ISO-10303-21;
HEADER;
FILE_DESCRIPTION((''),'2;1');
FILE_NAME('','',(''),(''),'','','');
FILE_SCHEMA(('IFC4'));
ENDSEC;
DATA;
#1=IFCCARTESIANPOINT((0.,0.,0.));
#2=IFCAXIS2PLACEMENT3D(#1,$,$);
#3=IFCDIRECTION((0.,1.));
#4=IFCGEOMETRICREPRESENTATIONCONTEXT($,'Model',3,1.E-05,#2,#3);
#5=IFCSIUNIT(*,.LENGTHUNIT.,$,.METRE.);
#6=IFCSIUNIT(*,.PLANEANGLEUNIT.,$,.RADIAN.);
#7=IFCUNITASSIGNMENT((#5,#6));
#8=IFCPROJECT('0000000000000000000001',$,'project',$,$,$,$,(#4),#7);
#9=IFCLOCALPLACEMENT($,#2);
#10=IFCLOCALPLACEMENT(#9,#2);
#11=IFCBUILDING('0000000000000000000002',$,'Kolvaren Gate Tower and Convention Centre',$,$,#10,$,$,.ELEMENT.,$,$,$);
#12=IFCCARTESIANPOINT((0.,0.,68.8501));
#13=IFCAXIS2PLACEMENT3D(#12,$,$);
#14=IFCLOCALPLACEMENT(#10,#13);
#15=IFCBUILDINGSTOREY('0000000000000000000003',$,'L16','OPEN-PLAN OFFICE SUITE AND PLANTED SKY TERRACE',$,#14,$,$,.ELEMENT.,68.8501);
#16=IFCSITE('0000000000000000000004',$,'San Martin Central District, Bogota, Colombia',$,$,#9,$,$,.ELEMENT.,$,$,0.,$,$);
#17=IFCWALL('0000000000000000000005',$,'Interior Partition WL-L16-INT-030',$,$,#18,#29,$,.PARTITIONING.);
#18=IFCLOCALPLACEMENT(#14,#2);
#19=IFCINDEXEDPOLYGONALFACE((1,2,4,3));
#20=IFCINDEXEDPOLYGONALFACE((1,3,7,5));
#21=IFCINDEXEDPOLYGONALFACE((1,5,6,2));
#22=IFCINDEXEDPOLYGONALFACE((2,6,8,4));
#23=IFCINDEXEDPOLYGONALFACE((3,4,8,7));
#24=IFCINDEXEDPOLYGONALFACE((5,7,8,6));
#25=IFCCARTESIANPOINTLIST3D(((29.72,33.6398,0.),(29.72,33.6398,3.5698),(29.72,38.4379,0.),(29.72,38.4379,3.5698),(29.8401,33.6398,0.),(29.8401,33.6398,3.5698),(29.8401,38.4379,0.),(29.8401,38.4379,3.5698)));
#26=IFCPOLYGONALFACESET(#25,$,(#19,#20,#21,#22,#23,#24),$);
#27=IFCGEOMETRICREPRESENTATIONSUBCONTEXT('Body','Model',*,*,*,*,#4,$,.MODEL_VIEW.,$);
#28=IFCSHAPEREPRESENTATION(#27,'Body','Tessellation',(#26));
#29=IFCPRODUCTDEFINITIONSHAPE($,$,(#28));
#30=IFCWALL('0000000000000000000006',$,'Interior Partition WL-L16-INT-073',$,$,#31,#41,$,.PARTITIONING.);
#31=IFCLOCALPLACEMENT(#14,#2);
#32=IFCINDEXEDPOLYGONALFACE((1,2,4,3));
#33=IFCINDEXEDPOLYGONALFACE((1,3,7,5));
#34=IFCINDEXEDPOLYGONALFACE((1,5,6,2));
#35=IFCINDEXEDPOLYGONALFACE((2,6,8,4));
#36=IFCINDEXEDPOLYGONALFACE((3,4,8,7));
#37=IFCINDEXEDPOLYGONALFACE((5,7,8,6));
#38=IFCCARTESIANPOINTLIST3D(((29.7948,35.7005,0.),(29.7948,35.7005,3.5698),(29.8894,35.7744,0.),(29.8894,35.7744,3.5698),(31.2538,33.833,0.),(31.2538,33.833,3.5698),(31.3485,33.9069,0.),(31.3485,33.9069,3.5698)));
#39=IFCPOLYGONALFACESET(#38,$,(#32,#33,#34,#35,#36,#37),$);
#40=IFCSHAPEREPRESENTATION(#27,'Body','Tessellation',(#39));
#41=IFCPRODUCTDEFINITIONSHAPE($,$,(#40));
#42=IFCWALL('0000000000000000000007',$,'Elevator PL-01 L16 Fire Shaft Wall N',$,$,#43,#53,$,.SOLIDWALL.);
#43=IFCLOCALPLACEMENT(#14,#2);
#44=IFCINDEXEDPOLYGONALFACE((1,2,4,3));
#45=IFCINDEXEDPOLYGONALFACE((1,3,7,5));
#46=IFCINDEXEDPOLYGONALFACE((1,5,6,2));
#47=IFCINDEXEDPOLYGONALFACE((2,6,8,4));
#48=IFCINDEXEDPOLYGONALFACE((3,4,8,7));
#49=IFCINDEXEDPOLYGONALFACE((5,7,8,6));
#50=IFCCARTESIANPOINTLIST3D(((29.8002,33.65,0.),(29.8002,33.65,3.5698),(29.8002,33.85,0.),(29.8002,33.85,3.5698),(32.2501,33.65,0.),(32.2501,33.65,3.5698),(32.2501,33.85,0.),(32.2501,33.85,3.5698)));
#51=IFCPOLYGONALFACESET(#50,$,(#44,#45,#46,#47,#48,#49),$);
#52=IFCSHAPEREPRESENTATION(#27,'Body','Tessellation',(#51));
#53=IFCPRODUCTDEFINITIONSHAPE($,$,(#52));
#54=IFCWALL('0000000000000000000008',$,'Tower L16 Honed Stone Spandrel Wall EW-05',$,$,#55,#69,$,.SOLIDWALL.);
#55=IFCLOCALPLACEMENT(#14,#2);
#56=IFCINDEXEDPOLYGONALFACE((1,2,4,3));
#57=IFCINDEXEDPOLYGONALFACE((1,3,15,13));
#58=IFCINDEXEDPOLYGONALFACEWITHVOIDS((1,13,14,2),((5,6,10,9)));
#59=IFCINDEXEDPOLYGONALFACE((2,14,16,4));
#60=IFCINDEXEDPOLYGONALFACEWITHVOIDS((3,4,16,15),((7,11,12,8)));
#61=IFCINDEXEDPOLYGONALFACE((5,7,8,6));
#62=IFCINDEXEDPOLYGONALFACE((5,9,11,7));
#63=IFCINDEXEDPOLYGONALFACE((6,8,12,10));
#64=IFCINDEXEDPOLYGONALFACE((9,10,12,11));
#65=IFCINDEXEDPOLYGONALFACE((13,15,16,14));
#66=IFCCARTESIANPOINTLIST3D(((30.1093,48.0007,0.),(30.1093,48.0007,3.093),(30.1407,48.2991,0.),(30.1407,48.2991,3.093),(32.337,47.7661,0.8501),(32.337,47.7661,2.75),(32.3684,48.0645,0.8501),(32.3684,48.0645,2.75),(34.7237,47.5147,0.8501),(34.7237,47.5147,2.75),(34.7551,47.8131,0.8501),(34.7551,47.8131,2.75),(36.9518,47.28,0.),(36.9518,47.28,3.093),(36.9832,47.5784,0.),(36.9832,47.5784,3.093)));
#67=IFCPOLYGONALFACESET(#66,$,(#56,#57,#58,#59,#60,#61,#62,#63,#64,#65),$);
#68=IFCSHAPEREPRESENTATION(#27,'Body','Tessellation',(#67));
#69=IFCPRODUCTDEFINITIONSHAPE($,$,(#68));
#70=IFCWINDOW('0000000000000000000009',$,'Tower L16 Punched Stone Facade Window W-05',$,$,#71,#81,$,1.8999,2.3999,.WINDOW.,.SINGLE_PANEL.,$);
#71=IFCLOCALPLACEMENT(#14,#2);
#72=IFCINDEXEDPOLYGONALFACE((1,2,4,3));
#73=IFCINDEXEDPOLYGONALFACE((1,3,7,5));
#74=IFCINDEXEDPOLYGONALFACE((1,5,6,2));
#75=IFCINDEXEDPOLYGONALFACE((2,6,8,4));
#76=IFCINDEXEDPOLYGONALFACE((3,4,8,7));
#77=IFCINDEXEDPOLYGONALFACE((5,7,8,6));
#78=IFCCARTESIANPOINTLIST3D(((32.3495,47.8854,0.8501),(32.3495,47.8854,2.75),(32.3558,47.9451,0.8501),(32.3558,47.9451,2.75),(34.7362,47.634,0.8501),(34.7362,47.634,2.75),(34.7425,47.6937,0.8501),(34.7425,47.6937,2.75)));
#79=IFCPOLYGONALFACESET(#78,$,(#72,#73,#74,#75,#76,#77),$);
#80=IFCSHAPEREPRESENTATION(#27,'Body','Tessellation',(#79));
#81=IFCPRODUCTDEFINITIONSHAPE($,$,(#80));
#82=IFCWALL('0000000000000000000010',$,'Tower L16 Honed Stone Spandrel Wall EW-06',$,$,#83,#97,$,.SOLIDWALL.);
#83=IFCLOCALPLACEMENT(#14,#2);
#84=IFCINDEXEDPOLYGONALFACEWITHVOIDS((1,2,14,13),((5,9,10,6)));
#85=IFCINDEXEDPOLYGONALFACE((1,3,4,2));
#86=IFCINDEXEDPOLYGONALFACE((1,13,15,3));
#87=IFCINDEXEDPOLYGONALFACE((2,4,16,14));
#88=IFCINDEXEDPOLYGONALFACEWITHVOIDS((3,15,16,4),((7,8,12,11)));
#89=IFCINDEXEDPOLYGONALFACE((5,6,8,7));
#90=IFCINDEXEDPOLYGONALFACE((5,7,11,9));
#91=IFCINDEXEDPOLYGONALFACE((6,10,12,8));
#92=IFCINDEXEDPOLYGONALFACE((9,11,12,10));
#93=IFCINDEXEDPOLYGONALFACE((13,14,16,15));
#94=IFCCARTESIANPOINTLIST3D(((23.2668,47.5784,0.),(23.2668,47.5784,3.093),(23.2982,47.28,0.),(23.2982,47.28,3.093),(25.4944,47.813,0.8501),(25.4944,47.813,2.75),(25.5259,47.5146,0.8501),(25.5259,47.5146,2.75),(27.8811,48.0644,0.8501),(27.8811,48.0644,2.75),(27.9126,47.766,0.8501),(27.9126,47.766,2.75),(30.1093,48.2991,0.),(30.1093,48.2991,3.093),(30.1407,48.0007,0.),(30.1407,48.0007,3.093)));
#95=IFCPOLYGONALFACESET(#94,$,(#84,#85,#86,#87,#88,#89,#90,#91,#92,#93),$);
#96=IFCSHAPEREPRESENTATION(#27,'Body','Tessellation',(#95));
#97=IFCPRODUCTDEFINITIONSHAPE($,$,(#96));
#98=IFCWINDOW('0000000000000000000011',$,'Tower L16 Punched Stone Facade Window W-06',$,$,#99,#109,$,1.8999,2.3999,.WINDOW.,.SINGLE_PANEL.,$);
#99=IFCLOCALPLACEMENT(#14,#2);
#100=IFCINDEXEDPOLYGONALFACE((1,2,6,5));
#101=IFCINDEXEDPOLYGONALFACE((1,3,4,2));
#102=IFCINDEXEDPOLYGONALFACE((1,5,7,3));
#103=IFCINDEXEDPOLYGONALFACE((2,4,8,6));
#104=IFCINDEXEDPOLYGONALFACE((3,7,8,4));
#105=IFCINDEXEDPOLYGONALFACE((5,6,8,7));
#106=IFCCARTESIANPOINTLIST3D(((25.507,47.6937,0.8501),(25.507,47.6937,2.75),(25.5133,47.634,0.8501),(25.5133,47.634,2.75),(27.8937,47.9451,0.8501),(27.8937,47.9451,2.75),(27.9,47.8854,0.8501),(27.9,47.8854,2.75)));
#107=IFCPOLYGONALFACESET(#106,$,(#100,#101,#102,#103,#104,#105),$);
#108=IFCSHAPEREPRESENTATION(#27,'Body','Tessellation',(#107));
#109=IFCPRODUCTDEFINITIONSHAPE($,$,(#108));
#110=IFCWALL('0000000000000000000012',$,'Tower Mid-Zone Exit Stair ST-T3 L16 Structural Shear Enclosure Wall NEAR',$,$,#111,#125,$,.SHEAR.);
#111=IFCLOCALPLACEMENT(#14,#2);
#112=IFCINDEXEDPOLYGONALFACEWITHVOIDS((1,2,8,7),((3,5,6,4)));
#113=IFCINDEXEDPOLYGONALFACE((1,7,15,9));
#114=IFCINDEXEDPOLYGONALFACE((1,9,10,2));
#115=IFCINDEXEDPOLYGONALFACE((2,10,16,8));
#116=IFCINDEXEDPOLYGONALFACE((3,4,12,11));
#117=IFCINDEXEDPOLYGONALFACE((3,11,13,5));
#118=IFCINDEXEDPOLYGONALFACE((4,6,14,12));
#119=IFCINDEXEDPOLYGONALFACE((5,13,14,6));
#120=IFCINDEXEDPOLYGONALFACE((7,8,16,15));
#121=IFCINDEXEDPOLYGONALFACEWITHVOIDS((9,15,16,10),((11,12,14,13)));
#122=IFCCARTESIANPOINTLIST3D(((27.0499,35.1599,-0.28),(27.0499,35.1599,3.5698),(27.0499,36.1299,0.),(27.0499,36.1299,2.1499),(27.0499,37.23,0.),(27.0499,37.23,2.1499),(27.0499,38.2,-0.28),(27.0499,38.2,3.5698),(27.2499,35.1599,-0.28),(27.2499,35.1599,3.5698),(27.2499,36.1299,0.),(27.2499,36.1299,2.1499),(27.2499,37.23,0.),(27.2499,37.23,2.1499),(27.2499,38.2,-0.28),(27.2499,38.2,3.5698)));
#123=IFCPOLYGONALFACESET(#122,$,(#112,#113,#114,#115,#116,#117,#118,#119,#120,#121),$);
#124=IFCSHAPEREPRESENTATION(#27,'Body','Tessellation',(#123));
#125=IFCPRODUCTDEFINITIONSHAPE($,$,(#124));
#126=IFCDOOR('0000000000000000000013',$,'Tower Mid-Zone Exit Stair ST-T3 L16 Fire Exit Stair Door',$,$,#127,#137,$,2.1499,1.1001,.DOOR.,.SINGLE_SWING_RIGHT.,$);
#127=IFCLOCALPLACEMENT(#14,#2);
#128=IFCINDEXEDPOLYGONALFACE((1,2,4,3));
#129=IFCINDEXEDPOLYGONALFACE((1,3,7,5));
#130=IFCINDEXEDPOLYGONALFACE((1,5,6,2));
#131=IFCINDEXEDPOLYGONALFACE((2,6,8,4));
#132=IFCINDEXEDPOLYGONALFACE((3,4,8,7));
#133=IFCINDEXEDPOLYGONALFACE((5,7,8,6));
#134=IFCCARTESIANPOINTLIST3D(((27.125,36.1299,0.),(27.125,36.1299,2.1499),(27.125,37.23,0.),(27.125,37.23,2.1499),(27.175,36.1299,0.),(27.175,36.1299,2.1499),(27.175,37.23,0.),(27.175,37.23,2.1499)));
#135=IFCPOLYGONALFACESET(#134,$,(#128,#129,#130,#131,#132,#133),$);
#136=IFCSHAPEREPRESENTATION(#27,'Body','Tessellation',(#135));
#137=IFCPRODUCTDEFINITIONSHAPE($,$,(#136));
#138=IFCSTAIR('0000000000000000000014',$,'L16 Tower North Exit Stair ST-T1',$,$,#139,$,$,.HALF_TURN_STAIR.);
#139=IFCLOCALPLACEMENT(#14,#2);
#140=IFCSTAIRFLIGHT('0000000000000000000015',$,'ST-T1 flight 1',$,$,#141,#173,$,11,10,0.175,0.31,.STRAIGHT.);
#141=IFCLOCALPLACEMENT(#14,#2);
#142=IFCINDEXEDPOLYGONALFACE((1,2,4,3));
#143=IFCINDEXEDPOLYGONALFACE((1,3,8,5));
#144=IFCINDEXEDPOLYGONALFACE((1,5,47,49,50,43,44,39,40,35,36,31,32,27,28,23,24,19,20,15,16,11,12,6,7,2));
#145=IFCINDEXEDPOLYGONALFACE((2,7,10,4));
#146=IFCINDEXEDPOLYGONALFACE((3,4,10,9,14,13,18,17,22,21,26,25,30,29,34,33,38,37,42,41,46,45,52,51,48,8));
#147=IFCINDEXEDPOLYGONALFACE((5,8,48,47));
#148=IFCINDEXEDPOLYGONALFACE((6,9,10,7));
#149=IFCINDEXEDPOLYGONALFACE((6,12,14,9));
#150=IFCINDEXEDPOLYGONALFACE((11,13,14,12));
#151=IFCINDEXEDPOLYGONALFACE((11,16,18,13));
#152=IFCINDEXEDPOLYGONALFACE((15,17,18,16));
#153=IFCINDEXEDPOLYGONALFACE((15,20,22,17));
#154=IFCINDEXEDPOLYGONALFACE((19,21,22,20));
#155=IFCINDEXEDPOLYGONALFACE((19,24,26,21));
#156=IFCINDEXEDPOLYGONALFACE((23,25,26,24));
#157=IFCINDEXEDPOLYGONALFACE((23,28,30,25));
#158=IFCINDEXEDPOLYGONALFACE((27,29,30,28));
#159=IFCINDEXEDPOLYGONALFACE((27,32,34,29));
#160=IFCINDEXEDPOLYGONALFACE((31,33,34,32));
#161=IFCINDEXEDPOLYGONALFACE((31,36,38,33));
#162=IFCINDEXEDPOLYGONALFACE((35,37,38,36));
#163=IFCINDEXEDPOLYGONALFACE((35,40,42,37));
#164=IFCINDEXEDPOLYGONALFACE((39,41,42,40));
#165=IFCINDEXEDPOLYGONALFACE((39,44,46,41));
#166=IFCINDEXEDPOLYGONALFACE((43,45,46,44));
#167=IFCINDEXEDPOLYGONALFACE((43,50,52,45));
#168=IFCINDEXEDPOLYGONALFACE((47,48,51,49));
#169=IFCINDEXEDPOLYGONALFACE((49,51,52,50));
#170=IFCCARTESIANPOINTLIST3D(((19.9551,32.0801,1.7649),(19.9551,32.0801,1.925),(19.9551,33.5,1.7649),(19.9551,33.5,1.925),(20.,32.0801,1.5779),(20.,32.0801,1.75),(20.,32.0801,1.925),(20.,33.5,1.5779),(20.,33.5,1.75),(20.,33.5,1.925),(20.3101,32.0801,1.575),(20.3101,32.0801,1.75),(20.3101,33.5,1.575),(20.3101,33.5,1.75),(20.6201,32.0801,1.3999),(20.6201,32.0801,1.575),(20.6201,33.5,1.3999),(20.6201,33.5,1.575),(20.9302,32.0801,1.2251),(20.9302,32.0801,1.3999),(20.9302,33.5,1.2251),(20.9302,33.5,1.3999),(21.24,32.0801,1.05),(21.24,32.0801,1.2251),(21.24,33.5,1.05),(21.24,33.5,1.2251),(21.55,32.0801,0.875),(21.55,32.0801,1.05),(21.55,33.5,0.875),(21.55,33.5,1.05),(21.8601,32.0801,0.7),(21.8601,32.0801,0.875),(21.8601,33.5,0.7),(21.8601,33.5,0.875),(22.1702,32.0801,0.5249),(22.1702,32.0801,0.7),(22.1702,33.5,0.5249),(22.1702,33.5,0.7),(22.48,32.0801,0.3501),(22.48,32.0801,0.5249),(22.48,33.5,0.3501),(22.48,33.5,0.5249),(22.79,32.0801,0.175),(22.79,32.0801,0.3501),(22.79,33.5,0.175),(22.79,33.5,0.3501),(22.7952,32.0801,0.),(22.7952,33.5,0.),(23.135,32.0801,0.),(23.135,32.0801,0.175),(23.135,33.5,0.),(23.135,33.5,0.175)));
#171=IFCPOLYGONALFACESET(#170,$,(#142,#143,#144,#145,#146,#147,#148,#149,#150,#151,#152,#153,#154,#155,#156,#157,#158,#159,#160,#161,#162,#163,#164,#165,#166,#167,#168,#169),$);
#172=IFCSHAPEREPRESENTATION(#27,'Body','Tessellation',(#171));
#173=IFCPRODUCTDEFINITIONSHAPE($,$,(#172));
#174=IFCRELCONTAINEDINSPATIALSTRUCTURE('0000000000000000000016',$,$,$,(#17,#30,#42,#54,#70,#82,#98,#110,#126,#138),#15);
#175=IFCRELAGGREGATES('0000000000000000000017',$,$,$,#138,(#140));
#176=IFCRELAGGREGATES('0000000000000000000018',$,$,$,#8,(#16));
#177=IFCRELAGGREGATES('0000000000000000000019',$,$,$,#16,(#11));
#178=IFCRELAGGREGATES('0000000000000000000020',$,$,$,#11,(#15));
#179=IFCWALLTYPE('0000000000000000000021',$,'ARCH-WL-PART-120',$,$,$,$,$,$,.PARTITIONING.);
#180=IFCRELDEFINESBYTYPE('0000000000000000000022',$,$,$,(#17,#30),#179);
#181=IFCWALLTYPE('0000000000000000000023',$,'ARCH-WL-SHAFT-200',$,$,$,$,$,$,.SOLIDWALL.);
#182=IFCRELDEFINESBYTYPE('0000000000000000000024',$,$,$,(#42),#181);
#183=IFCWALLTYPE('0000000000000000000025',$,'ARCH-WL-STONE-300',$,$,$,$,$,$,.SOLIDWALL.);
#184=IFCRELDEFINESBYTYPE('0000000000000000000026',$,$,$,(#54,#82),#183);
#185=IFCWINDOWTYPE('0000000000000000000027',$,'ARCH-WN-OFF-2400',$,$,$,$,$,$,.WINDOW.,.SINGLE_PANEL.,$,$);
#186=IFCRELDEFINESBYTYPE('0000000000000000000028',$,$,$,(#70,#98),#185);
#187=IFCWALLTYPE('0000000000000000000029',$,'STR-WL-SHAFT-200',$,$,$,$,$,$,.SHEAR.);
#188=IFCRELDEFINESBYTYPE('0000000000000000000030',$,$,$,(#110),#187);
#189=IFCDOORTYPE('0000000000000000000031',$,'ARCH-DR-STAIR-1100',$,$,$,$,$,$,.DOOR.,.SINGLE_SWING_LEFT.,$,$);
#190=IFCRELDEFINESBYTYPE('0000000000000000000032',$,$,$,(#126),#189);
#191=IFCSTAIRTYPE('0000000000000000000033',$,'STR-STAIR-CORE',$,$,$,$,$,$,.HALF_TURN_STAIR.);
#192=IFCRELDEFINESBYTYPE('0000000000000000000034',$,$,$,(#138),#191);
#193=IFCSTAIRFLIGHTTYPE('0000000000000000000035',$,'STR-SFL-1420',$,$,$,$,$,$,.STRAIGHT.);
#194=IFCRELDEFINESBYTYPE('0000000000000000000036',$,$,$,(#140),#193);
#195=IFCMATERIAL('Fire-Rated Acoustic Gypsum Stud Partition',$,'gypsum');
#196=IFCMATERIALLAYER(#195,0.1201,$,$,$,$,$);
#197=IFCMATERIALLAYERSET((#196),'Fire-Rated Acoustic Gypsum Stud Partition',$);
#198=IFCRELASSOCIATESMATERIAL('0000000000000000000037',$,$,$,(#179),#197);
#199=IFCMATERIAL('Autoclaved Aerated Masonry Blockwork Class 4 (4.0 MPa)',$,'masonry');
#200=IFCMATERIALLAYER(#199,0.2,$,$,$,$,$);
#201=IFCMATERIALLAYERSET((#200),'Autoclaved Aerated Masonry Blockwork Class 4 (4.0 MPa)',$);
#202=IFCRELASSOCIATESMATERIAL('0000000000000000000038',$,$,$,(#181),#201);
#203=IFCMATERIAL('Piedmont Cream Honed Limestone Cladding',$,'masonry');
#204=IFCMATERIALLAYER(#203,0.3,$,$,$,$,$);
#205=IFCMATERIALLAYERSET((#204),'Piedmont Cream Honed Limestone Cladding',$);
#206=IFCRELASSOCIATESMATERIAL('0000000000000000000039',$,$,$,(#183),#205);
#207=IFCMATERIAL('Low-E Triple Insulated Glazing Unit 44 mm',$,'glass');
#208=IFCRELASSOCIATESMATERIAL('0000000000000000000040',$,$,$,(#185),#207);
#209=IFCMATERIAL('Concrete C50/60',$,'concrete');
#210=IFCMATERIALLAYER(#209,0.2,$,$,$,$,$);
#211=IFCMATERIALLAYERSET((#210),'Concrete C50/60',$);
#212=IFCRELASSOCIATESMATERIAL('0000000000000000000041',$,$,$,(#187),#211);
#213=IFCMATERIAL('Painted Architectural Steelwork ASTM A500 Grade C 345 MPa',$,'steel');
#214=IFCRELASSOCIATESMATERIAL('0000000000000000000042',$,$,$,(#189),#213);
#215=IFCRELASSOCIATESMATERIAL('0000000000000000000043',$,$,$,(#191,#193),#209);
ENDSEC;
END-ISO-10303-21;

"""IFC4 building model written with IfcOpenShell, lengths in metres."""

from ifc_helpers import new_model, si_unit, direction, frame, frame_2d, origin, place, context, subcontext, project, spatial, polyline, rectangle, outline, extrude, material, layer, layer_set, type_object, element, fill, aggregate, save


model = new_model("IFC4")

# Units and contexts
model_context = context("Model", 3, precision=1e-05, world=origin(), true_north=direction((0.0, 1.0)))
body_context = subcontext(model_context, "Body", "Model", "MODEL_VIEW")
ifc_project = project(units=[si_unit("LENGTHUNIT", "METRE"), si_unit("PLANEANGLEUNIT", "RADIAN")], contexts=[model_context])

# Site, building, storey
site_placement = place(None, origin())
site = spatial("IfcSite", under=ifc_project, at=site_placement, Name="San Martin Central District, Bogota, Colombia", CompositionType="ELEMENT", RefElevation=0.0)
building_placement = place(site_placement, origin())
building = spatial("IfcBuilding", under=site, at=building_placement, Name="Kolvaren Gate Tower and Convention Centre", CompositionType="ELEMENT")
storey_placement = place(building_placement, frame((0.0, 0.0, 68.8501)))
storey = spatial("IfcBuildingStorey", under=building, at=storey_placement, Name="L16", Description="OPEN-PLAN OFFICE SUITE AND PLANTED SKY TERRACE", CompositionType="ELEMENT", Elevation=68.8501)

# Walls
ifc_material_1 = material(Name="Fire-Rated Acoustic Gypsum Stud Partition", Category="gypsum")
ifc_layer_1 = layer(ifc_material_1, 0.1201)
ifc_layer_set_1 = layer_set([ifc_layer_1], Name="Fire-Rated Acoustic Gypsum Stud Partition")
wall_type_1 = type_object("IfcWallType", Name="ARCH-WL-PART-120", PredefinedType="PARTITIONING", material=ifc_layer_set_1)
wall_1_placement = place(storey_placement, frame((29.78, 33.6399, 0.0), z_axis=(0.0, 0.0, 1.0), x_axis=(0.0, 1.0, 0.0)))
element("IfcWall", 1, at=wall_1_placement, inside=storey, type_object=wall_type_1, Name="Interior Partition WL-L16-INT-030", PredefinedType="PARTITIONING", context=body_context, shape_type="SweptSolid", body=[
    extrude(rectangle(XDim=4.7981, YDim=0.1201, at=frame_2d((2.3989, 0.0))), origin(), (0.0, 0.0, 1.0), 3.5698),
])
wall_2_placement = place(storey_placement, frame((29.842, 35.7375, 0.0), z_axis=(0.0, 0.0, 1.0), x_axis=(0.615658, -0.788013, 0.0)))
element("IfcWall", 2, at=wall_2_placement, inside=storey, type_object=wall_type_1, Name="Interior Partition WL-L16-INT-073", PredefinedType="PARTITIONING", context=body_context, shape_type="SweptSolid", body=[
    extrude(rectangle(XDim=2.3699, YDim=0.1201, at=frame_2d((1.1851, 0.0))), origin(), (0.0, 0.0, 1.0), 3.5698),
])
ifc_material_2 = material(Name="Autoclaved Aerated Masonry Blockwork Class 4 (4.0 MPa)", Category="masonry")
ifc_layer_2 = layer(ifc_material_2, 0.2)
ifc_layer_set_2 = layer_set([ifc_layer_2], Name="Autoclaved Aerated Masonry Blockwork Class 4 (4.0 MPa)")
wall_type_2 = type_object("IfcWallType", Name="ARCH-WL-SHAFT-200", PredefinedType="SOLIDWALL", material=ifc_layer_set_2)
wall_3_placement = place(storey_placement, frame((29.8, 33.75, 0.0), z_axis=(0.0, 0.0, 1.0), x_axis=(1.0, 0.0, 0.0)))
element("IfcWall", 3, at=wall_3_placement, inside=storey, type_object=wall_type_2, Name="Elevator PL-01 L16 Fire Shaft Wall N", PredefinedType="SOLIDWALL", context=body_context, shape_type="SweptSolid", body=[
    extrude(rectangle(XDim=2.45, YDim=0.2, at=frame_2d((1.2251, 0.0))), origin(), (0.0, 0.0, 1.0), 3.5698),
])

# Walls, openings, windows
ifc_material_3 = material(Name="Piedmont Cream Honed Limestone Cladding", Category="masonry")
ifc_layer_3 = layer(ifc_material_3, 0.3)
ifc_layer_set_3 = layer_set([ifc_layer_3], Name="Piedmont Cream Honed Limestone Cladding")
wall_type_3 = type_object("IfcWallType", Name="ARCH-WL-STONE-300", PredefinedType="SOLIDWALL", material=ifc_layer_set_3)
wall_4_placement = place(storey_placement, frame((30.125, 48.1499, 0.0), z_axis=(0.0, 0.0, 1.0), x_axis=(0.994499, -0.104748, 0.0)))
wall_4 = element("IfcWall", 4, at=wall_4_placement, inside=storey, type_object=wall_type_3, Name="Tower L16 Honed Stone Spandrel Wall EW-05", PredefinedType="SOLIDWALL", context=body_context, shape_type="SweptSolid", body=[
    extrude(rectangle(XDim=6.8804, YDim=0.3, at=frame_2d((3.4402, 0.0))), origin(), (0.0, 0.0, 1.0), 3.093),
])
opening_1_placement = place(wall_4_placement, frame((2.24, 0.0, 0.8501)))
opening_1 = element("IfcOpeningElement", 5, at=opening_1_placement, cuts=wall_4, PredefinedType="OPENING", context=body_context, shape_type="SweptSolid", body=[
    extrude(rectangle(XDim=2.3999, YDim=1.8999, at=frame_2d((1.2, 0.95))), frame((0.0, 0.1599, 0.0), z_axis=(0.0, -1.0, 0.0), x_axis=(1.0, 0.0, 0.0)), (0.0, 0.0, 1.0), 0.3201),
])
ifc_material_4 = material(Name="Low-E Triple Insulated Glazing Unit 44 mm", Category="glass")
window_type = type_object("IfcWindowType", Name="ARCH-WN-OFF-2400", PartitioningType="SINGLE_PANEL", PredefinedType="WINDOW", material=ifc_material_4)
window_1_placement = place(opening_1_placement, origin())
window_1 = element("IfcWindow", 6, at=window_1_placement, inside=storey, type_object=window_type, Name="Tower L16 Punched Stone Facade Window W-05", OverallHeight=1.8999, OverallWidth=2.3999, PartitioningType="SINGLE_PANEL", PredefinedType="WINDOW", context=body_context, shape_type="SweptSolid", body=[
    extrude(rectangle(XDim=2.3999, YDim=1.8999, at=frame_2d((1.2, 0.95))), frame((0.0, 0.03, 0.0), z_axis=(0.0, -1.0, 0.0), x_axis=(1.0, 0.0, 0.0)), (0.0, 0.0, 1.0), 0.0601),
])
fill(opening_1, window_1)
wall_5_placement = place(storey_placement, frame((23.2825, 47.4292, 0.0), z_axis=(0.0, 0.0, 1.0), x_axis=(0.994499, 0.104748, 0.0)))
wall_5 = element("IfcWall", 7, at=wall_5_placement, inside=storey, type_object=wall_type_3, Name="Tower L16 Honed Stone Spandrel Wall EW-06", PredefinedType="SOLIDWALL", context=body_context, shape_type="SweptSolid", body=[
    extrude(rectangle(XDim=6.8804, YDim=0.3, at=frame_2d((3.4402, 0.0))), origin(), (0.0, 0.0, 1.0), 3.093),
])
opening_2_placement = place(wall_5_placement, frame((2.24, 0.0, 0.8501)))
opening_2 = element("IfcOpeningElement", 8, at=opening_2_placement, cuts=wall_5, PredefinedType="OPENING", context=body_context, shape_type="SweptSolid", body=[
    extrude(rectangle(XDim=2.3999, YDim=1.8999, at=frame_2d((1.2, 0.95))), frame((0.0, 0.1599, 0.0), z_axis=(0.0, -1.0, 0.0), x_axis=(1.0, 0.0, 0.0)), (0.0, 0.0, 1.0), 0.3201),
])
window_2_placement = place(opening_2_placement, origin())
window_2 = element("IfcWindow", 9, at=window_2_placement, inside=storey, type_object=window_type, Name="Tower L16 Punched Stone Facade Window W-06", OverallHeight=1.8999, OverallWidth=2.3999, PartitioningType="SINGLE_PANEL", PredefinedType="WINDOW", context=body_context, shape_type="SweptSolid", body=[
    extrude(rectangle(XDim=2.3999, YDim=1.8999, at=frame_2d((1.2, 0.95))), frame((0.0, 0.03, 0.0), z_axis=(0.0, -1.0, 0.0), x_axis=(1.0, 0.0, 0.0)), (0.0, 0.0, 1.0), 0.0601),
])
fill(opening_2, window_2)

# Wall, opening, door
ifc_material_5 = material(Name="Concrete C50/60", Category="concrete")
ifc_layer_4 = layer(ifc_material_5, 0.2)
ifc_layer_set_4 = layer_set([ifc_layer_4], Name="Concrete C50/60")
wall_type_4 = type_object("IfcWallType", Name="STR-WL-SHAFT-200", PredefinedType="SHEAR", material=ifc_layer_set_4)
wall_6_placement = place(storey_placement, frame((27.1499, 35.1599, -0.28), z_axis=(0.0, 0.0, 1.0), x_axis=(0.0, 1.0, 0.0)))
wall_6 = element("IfcWall", 10, at=wall_6_placement, inside=storey, type_object=wall_type_4, Name="Tower Mid-Zone Exit Stair ST-T3 L16 Structural Shear Enclosure Wall NEAR", PredefinedType="SHEAR", context=body_context, shape_type="SweptSolid", body=[
    extrude(rectangle(XDim=3.04, YDim=0.2, at=frame_2d((1.52, 0.0))), origin(), (0.0, 0.0, 1.0), 3.8499),
])
opening_3_placement = place(wall_6_placement, frame((0.97, 0.0, 0.28)))
opening_3 = element("IfcOpeningElement", 11, at=opening_3_placement, cuts=wall_6, PredefinedType="OPENING", context=body_context, shape_type="SweptSolid", body=[
    extrude(rectangle(XDim=1.1001, YDim=2.1499, at=frame_2d((0.55, 1.075))), frame((0.0, 0.1099, 0.0), z_axis=(0.0, -1.0, 0.0), x_axis=(1.0, 0.0, 0.0)), (0.0, 0.0, 1.0), 0.22),
])
ifc_material_6 = material(Name="Painted Architectural Steelwork ASTM A500 Grade C 345 MPa", Category="steel")
door_type = type_object("IfcDoorType", Name="ARCH-DR-STAIR-1100", OperationType="SINGLE_SWING_LEFT", PredefinedType="DOOR", material=ifc_material_6)
door_placement = place(opening_3_placement, origin())
door = element("IfcDoor", 12, at=door_placement, inside=storey, type_object=door_type, Name="Tower Mid-Zone Exit Stair ST-T3 L16 Fire Exit Stair Door", OperationType="SINGLE_SWING_RIGHT", OverallHeight=2.1499, OverallWidth=1.1001, PredefinedType="DOOR", context=body_context, shape_type="SweptSolid", body=[
    extrude(rectangle(XDim=1.1001, YDim=2.1499, at=frame_2d((0.55, 1.075))), frame((0.0, 0.0249, 0.0), z_axis=(0.0, -1.0, 0.0), x_axis=(1.0, 0.0, 0.0)), (0.0, 0.0, 1.0), 0.05),
])
fill(opening_3, door)

# Stair, stair flight
stair_type = type_object("IfcStairType", Name="STR-STAIR-CORE", PredefinedType="HALF_TURN_STAIR", material=ifc_material_5)
stair_1_placement = place(storey_placement, origin())
stair_1 = element("IfcStair", 13, at=stair_1_placement, inside=storey, type_object=stair_type, Name="L16 Tower North Exit Stair ST-T1", PredefinedType="HALF_TURN_STAIR")
stair_flight_type = type_object("IfcStairFlightType", Name="STR-SFL-1420", PredefinedType="STRAIGHT", material=ifc_material_5)
stair_flight_1_placement = place(storey_placement, frame((23.1001, 32.79, 0.0), z_axis=(0.0, 0.0, 1.0), x_axis=(-1.0, 0.0, 0.0)))
stair_flight_1 = element("IfcStairFlight", 14, at=stair_flight_1_placement, type_object=stair_flight_type, Name="ST-T1 flight 1", NumberOfRisers=11, NumberOfTreads=10, PredefinedType="STRAIGHT", RiserHeight=0.175, TreadLength=0.31, context=body_context, shape_type="SweptSolid", body=[
    extrude(outline(polyline([(-0.0349, 0.0), (-0.0349, 0.175), (0.3101, 0.175), (0.3101, 0.3501), (0.6201, 0.3501), (0.6201, 0.5249), (0.9299, 0.5249), (0.9299, 0.7), (1.24, 0.7), (1.24, 0.875), (1.55, 0.875), (1.55, 1.05), (1.8601, 1.05), (1.8601, 1.2251), (2.1699, 1.2251), (2.1699, 1.3999), (2.48, 1.3999), (2.48, 1.575), (2.79, 1.575), (2.79, 1.75), (3.1001, 1.75), (3.1001, 1.925), (3.145, 1.925), (3.145, 1.7649), (3.1001, 1.5779), (0.3049, 0.0), (-0.0349, 0.0)])), frame((0.0, 0.71, 0.0), z_axis=(0.0, -1.0, 0.0), x_axis=(1.0, 0.0, 0.0)), (0.0, 0.0, 1.0), 1.4199),
])
aggregate(stair_1, [stair_flight_1])

save(model, "model.ifc")
